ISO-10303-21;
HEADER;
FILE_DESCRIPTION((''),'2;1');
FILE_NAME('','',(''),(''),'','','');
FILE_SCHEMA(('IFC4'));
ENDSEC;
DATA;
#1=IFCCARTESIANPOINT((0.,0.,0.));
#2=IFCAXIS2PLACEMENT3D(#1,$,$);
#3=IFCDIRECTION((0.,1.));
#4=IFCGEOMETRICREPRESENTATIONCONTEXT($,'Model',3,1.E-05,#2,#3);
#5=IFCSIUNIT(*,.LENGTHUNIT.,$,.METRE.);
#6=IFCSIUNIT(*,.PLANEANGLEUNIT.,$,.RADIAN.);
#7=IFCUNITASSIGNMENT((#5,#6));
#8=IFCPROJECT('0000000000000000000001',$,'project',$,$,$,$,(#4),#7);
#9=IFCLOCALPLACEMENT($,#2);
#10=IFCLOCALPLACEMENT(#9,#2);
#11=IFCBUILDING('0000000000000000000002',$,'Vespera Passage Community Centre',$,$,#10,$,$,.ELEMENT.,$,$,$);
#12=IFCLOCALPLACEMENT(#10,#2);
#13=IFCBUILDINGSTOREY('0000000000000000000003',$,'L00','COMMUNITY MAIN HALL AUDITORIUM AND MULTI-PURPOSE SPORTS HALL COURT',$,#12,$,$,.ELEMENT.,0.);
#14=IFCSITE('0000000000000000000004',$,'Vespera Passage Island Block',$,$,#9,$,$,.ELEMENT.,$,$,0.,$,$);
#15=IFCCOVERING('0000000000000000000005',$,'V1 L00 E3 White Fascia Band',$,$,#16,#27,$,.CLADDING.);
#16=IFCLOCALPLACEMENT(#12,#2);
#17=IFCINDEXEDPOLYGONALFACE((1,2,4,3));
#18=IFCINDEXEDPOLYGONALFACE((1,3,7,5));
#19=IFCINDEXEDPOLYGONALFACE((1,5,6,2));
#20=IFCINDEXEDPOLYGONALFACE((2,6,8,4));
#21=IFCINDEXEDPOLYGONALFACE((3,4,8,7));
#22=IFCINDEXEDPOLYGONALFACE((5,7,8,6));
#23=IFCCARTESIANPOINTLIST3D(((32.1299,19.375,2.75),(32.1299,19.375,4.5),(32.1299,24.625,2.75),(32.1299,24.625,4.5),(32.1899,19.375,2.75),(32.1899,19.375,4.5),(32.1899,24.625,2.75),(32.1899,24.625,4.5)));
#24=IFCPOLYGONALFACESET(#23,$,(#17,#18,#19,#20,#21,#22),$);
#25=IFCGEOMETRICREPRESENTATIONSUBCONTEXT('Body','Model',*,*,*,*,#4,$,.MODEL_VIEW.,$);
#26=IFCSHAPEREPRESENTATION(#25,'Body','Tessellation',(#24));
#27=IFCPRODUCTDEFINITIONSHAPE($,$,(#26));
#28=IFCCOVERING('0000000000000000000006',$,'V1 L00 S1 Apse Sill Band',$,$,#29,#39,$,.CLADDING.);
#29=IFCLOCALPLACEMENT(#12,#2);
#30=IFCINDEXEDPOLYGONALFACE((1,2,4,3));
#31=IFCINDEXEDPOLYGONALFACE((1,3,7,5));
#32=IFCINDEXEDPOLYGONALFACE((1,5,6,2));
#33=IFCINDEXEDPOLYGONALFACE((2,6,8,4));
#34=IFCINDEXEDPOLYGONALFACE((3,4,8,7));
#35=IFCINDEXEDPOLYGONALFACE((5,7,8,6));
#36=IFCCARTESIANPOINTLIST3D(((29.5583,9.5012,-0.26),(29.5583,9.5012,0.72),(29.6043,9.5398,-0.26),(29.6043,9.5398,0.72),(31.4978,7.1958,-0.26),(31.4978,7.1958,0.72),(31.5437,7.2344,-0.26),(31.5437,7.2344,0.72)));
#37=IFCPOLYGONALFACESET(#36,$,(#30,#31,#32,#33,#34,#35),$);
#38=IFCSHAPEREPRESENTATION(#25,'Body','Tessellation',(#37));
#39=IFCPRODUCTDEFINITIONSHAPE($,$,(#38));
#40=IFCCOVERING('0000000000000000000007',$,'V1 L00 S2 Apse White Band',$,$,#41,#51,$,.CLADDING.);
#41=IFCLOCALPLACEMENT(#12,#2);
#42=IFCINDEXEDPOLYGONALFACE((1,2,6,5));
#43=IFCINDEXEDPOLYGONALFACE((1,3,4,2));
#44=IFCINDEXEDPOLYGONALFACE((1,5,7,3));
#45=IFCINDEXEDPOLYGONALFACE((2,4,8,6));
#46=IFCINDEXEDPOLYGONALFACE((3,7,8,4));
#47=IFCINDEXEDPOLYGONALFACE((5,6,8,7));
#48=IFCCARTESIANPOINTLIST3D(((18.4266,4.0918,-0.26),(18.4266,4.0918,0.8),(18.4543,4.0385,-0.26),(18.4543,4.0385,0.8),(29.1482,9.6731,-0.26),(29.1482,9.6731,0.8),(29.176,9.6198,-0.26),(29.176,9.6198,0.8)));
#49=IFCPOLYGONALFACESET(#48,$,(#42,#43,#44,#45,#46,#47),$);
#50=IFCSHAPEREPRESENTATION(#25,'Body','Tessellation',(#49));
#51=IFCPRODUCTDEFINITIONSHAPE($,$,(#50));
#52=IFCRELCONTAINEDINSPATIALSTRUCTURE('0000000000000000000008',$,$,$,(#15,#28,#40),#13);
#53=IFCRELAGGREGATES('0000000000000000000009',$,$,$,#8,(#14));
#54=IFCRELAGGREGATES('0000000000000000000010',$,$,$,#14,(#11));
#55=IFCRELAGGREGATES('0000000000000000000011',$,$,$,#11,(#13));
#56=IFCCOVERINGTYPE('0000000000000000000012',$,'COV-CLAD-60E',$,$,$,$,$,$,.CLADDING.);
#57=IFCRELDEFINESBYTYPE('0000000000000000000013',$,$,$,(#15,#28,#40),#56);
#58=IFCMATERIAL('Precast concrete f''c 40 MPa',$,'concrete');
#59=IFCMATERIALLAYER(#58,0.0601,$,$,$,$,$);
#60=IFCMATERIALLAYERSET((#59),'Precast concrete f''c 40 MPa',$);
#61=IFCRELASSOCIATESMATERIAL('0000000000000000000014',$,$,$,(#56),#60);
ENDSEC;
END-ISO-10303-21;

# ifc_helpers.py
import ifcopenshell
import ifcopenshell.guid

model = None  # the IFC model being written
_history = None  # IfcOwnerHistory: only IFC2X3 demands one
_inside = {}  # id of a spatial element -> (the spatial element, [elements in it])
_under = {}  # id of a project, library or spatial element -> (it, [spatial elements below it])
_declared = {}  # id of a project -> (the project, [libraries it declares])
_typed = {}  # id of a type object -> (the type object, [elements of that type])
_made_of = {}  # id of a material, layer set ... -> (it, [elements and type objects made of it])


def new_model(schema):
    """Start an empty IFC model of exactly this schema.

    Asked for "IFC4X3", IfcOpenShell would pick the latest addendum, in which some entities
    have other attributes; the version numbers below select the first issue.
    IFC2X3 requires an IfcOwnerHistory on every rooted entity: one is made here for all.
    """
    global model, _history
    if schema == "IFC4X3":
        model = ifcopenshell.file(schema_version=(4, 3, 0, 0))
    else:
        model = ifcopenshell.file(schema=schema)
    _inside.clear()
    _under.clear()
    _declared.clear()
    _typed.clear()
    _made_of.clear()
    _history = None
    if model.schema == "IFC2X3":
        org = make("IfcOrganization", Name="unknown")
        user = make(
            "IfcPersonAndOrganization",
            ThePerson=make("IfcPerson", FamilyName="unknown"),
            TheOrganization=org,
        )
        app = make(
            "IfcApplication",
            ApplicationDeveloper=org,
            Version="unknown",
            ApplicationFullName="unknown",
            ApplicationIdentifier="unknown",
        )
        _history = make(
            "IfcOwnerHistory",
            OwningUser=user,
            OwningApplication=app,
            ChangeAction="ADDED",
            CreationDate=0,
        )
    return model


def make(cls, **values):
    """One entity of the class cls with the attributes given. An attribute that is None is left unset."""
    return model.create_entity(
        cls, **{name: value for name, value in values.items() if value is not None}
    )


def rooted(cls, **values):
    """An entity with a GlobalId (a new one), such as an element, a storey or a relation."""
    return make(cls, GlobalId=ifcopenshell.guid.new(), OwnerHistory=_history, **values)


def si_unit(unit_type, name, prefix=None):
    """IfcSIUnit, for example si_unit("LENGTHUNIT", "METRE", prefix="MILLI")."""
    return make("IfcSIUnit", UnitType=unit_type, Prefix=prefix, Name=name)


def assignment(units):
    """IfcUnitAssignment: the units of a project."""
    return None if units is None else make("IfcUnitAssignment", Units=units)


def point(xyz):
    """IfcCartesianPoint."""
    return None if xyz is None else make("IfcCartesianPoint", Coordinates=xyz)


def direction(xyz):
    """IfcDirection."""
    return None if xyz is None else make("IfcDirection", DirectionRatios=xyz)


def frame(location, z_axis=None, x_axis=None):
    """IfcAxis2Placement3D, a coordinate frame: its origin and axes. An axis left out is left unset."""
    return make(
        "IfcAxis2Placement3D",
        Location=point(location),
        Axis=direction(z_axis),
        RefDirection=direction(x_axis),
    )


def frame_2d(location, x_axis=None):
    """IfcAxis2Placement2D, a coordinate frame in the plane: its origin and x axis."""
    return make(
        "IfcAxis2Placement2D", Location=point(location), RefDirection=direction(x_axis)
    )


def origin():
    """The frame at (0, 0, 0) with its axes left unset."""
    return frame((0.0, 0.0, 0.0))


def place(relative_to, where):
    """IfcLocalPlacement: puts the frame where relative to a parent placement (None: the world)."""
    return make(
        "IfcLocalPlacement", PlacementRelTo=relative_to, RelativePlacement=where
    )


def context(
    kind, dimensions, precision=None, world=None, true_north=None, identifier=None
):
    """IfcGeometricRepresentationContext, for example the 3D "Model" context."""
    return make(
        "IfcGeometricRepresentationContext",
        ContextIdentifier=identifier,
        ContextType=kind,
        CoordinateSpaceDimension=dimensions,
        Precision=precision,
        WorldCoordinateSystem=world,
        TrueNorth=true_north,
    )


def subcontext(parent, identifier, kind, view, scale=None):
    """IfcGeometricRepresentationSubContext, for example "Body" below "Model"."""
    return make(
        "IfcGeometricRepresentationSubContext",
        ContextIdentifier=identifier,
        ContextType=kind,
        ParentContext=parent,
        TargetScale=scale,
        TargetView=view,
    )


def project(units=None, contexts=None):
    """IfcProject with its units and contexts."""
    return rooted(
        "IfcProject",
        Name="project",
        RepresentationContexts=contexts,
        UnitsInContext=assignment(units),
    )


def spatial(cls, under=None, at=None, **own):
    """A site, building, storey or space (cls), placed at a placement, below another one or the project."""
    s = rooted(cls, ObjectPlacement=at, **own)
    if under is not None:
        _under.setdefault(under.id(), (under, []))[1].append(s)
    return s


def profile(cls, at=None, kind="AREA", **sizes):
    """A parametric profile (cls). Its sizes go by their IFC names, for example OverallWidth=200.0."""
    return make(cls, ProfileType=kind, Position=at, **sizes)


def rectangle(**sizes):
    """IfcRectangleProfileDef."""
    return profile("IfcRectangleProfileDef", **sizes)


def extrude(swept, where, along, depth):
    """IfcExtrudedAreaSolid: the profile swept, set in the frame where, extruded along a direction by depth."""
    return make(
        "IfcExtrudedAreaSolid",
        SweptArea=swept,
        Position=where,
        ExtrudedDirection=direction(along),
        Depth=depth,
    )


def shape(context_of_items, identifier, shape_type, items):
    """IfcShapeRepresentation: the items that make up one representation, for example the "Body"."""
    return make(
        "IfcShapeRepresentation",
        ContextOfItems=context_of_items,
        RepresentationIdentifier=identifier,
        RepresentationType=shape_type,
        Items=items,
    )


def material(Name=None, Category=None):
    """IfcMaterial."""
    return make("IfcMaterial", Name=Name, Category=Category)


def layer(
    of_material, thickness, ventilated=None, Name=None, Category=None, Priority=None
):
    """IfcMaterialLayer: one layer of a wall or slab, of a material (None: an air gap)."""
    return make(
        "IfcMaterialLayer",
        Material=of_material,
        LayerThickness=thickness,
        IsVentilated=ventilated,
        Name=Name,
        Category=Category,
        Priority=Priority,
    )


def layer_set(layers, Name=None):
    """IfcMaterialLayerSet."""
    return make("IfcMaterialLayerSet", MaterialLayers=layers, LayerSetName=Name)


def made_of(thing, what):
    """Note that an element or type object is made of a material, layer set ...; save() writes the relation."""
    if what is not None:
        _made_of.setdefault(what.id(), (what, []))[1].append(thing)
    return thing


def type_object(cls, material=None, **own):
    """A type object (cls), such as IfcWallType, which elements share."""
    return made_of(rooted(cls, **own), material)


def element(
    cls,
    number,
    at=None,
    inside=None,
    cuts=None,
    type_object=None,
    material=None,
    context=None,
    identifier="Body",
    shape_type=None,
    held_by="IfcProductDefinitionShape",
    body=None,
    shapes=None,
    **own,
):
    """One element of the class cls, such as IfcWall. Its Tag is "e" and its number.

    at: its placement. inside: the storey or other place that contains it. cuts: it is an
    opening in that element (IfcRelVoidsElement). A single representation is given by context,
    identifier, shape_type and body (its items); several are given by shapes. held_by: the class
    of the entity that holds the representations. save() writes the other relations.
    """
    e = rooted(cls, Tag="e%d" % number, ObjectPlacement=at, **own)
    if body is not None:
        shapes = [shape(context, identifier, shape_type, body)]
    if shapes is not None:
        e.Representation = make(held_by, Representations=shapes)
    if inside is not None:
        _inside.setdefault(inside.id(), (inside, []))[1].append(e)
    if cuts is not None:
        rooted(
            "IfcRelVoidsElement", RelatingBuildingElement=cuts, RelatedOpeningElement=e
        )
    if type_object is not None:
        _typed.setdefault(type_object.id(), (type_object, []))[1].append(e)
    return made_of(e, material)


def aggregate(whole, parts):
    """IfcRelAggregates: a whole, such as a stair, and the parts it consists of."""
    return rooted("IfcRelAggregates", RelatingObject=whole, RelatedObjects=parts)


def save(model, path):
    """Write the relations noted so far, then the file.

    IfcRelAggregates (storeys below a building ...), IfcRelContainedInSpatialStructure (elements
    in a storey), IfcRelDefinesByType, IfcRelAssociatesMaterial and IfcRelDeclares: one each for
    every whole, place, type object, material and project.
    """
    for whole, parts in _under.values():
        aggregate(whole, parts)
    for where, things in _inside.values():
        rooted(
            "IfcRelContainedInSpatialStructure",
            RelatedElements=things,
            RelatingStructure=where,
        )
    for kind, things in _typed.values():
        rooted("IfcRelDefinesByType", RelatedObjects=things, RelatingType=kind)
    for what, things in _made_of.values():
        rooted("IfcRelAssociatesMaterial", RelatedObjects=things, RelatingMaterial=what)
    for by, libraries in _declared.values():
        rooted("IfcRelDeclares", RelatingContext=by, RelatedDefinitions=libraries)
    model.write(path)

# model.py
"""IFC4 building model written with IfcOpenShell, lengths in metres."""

from ifc_helpers import new_model, si_unit, direction, frame, frame_2d, origin, place, context, subcontext, project, spatial, rectangle, extrude, material, layer, layer_set, type_object, element, save


model = new_model("IFC4")

# Units and contexts
model_context = context("Model", 3, precision=1e-05, world=origin(), true_north=direction((0.0, 1.0)))
body_context = subcontext(model_context, "Body", "Model", "MODEL_VIEW")
ifc_project = project(units=[si_unit("LENGTHUNIT", "METRE"), si_unit("PLANEANGLEUNIT", "RADIAN")], contexts=[model_context])

# Site, building, storey
site_placement = place(None, origin())
site = spatial("IfcSite", under=ifc_project, at=site_placement, Name="Vespera Passage Island Block", CompositionType="ELEMENT", RefElevation=0.0)
building_placement = place(site_placement, origin())
building = spatial("IfcBuilding", under=site, at=building_placement, Name="Vespera Passage Community Centre", CompositionType="ELEMENT")
storey_placement = place(building_placement, origin())
storey = spatial("IfcBuildingStorey", under=building, at=storey_placement, Name="L00", Description="COMMUNITY MAIN HALL AUDITORIUM AND MULTI-PURPOSE SPORTS HALL COURT", CompositionType="ELEMENT", Elevation=0.0)

# Coverings
ifc_material_1 = material(Name="Precast concrete f'c 40 MPa", Category="concrete")
ifc_layer_1 = layer(ifc_material_1, 0.0601)
ifc_layer_set_1 = layer_set([ifc_layer_1], Name="Precast concrete f'c 40 MPa")
covering_type = type_object("IfcCoveringType", Name="COV-CLAD-60E", PredefinedType="CLADDING", material=ifc_layer_set_1)
for number, where, z_axis, x_axis, name in (
    (1, (32.1599, 24.625, 2.75), (0.0, 0.0, 1.0), (0.0, -1.0, 0.0), "V1 L00 E3 White Fascia Band"),
):
    element("IfcCovering", number, at=place(storey_placement, frame(where, z_axis=z_axis, x_axis=x_axis)), inside=storey, type_object=covering_type, Name=name, PredefinedType="CLADDING", context=body_context, shape_type="SweptSolid", body=[
        extrude(rectangle(XDim=5.25, YDim=0.0601, at=frame_2d((2.625, 0.0))), origin(), (0.0, 0.0, 1.0), 1.75),
    ])
covering_1_placement = place(storey_placement, frame((31.5208, 7.2151, -0.26), z_axis=(0.0, 0.0, 1.0), x_axis=(-0.643756, 0.765231, 0.0)))
element("IfcCovering", 2, at=covering_1_placement, inside=storey, type_object=covering_type, Name="V1 L00 S1 Apse Sill Band", PredefinedType="CLADDING", context=body_context, shape_type="SweptSolid", body=[
    extrude(rectangle(XDim=3.0127, YDim=0.0601, at=frame_2d((1.5063, 0.0))), origin(), (0.0, 0.0, 1.0), 0.98),
])
covering_2_placement = place(storey_placement, frame((29.1621, 9.6465, -0.26), z_axis=(0.0, 0.0, 1.0), x_axis=(-0.887013, -0.461745, 0.0)))
element("IfcCovering", 3, at=covering_2_placement, inside=storey, type_object=covering_type, Name="V1 L00 S2 Apse White Band", PredefinedType="CLADDING", context=body_context, shape_type="SweptSolid", body=[
    extrude(rectangle(XDim=12.0874, YDim=0.0601, at=frame_2d((6.0437, 0.0))), origin(), (0.0, 0.0, 1.0), 1.0601),
])

save(model, "model.ifc")
